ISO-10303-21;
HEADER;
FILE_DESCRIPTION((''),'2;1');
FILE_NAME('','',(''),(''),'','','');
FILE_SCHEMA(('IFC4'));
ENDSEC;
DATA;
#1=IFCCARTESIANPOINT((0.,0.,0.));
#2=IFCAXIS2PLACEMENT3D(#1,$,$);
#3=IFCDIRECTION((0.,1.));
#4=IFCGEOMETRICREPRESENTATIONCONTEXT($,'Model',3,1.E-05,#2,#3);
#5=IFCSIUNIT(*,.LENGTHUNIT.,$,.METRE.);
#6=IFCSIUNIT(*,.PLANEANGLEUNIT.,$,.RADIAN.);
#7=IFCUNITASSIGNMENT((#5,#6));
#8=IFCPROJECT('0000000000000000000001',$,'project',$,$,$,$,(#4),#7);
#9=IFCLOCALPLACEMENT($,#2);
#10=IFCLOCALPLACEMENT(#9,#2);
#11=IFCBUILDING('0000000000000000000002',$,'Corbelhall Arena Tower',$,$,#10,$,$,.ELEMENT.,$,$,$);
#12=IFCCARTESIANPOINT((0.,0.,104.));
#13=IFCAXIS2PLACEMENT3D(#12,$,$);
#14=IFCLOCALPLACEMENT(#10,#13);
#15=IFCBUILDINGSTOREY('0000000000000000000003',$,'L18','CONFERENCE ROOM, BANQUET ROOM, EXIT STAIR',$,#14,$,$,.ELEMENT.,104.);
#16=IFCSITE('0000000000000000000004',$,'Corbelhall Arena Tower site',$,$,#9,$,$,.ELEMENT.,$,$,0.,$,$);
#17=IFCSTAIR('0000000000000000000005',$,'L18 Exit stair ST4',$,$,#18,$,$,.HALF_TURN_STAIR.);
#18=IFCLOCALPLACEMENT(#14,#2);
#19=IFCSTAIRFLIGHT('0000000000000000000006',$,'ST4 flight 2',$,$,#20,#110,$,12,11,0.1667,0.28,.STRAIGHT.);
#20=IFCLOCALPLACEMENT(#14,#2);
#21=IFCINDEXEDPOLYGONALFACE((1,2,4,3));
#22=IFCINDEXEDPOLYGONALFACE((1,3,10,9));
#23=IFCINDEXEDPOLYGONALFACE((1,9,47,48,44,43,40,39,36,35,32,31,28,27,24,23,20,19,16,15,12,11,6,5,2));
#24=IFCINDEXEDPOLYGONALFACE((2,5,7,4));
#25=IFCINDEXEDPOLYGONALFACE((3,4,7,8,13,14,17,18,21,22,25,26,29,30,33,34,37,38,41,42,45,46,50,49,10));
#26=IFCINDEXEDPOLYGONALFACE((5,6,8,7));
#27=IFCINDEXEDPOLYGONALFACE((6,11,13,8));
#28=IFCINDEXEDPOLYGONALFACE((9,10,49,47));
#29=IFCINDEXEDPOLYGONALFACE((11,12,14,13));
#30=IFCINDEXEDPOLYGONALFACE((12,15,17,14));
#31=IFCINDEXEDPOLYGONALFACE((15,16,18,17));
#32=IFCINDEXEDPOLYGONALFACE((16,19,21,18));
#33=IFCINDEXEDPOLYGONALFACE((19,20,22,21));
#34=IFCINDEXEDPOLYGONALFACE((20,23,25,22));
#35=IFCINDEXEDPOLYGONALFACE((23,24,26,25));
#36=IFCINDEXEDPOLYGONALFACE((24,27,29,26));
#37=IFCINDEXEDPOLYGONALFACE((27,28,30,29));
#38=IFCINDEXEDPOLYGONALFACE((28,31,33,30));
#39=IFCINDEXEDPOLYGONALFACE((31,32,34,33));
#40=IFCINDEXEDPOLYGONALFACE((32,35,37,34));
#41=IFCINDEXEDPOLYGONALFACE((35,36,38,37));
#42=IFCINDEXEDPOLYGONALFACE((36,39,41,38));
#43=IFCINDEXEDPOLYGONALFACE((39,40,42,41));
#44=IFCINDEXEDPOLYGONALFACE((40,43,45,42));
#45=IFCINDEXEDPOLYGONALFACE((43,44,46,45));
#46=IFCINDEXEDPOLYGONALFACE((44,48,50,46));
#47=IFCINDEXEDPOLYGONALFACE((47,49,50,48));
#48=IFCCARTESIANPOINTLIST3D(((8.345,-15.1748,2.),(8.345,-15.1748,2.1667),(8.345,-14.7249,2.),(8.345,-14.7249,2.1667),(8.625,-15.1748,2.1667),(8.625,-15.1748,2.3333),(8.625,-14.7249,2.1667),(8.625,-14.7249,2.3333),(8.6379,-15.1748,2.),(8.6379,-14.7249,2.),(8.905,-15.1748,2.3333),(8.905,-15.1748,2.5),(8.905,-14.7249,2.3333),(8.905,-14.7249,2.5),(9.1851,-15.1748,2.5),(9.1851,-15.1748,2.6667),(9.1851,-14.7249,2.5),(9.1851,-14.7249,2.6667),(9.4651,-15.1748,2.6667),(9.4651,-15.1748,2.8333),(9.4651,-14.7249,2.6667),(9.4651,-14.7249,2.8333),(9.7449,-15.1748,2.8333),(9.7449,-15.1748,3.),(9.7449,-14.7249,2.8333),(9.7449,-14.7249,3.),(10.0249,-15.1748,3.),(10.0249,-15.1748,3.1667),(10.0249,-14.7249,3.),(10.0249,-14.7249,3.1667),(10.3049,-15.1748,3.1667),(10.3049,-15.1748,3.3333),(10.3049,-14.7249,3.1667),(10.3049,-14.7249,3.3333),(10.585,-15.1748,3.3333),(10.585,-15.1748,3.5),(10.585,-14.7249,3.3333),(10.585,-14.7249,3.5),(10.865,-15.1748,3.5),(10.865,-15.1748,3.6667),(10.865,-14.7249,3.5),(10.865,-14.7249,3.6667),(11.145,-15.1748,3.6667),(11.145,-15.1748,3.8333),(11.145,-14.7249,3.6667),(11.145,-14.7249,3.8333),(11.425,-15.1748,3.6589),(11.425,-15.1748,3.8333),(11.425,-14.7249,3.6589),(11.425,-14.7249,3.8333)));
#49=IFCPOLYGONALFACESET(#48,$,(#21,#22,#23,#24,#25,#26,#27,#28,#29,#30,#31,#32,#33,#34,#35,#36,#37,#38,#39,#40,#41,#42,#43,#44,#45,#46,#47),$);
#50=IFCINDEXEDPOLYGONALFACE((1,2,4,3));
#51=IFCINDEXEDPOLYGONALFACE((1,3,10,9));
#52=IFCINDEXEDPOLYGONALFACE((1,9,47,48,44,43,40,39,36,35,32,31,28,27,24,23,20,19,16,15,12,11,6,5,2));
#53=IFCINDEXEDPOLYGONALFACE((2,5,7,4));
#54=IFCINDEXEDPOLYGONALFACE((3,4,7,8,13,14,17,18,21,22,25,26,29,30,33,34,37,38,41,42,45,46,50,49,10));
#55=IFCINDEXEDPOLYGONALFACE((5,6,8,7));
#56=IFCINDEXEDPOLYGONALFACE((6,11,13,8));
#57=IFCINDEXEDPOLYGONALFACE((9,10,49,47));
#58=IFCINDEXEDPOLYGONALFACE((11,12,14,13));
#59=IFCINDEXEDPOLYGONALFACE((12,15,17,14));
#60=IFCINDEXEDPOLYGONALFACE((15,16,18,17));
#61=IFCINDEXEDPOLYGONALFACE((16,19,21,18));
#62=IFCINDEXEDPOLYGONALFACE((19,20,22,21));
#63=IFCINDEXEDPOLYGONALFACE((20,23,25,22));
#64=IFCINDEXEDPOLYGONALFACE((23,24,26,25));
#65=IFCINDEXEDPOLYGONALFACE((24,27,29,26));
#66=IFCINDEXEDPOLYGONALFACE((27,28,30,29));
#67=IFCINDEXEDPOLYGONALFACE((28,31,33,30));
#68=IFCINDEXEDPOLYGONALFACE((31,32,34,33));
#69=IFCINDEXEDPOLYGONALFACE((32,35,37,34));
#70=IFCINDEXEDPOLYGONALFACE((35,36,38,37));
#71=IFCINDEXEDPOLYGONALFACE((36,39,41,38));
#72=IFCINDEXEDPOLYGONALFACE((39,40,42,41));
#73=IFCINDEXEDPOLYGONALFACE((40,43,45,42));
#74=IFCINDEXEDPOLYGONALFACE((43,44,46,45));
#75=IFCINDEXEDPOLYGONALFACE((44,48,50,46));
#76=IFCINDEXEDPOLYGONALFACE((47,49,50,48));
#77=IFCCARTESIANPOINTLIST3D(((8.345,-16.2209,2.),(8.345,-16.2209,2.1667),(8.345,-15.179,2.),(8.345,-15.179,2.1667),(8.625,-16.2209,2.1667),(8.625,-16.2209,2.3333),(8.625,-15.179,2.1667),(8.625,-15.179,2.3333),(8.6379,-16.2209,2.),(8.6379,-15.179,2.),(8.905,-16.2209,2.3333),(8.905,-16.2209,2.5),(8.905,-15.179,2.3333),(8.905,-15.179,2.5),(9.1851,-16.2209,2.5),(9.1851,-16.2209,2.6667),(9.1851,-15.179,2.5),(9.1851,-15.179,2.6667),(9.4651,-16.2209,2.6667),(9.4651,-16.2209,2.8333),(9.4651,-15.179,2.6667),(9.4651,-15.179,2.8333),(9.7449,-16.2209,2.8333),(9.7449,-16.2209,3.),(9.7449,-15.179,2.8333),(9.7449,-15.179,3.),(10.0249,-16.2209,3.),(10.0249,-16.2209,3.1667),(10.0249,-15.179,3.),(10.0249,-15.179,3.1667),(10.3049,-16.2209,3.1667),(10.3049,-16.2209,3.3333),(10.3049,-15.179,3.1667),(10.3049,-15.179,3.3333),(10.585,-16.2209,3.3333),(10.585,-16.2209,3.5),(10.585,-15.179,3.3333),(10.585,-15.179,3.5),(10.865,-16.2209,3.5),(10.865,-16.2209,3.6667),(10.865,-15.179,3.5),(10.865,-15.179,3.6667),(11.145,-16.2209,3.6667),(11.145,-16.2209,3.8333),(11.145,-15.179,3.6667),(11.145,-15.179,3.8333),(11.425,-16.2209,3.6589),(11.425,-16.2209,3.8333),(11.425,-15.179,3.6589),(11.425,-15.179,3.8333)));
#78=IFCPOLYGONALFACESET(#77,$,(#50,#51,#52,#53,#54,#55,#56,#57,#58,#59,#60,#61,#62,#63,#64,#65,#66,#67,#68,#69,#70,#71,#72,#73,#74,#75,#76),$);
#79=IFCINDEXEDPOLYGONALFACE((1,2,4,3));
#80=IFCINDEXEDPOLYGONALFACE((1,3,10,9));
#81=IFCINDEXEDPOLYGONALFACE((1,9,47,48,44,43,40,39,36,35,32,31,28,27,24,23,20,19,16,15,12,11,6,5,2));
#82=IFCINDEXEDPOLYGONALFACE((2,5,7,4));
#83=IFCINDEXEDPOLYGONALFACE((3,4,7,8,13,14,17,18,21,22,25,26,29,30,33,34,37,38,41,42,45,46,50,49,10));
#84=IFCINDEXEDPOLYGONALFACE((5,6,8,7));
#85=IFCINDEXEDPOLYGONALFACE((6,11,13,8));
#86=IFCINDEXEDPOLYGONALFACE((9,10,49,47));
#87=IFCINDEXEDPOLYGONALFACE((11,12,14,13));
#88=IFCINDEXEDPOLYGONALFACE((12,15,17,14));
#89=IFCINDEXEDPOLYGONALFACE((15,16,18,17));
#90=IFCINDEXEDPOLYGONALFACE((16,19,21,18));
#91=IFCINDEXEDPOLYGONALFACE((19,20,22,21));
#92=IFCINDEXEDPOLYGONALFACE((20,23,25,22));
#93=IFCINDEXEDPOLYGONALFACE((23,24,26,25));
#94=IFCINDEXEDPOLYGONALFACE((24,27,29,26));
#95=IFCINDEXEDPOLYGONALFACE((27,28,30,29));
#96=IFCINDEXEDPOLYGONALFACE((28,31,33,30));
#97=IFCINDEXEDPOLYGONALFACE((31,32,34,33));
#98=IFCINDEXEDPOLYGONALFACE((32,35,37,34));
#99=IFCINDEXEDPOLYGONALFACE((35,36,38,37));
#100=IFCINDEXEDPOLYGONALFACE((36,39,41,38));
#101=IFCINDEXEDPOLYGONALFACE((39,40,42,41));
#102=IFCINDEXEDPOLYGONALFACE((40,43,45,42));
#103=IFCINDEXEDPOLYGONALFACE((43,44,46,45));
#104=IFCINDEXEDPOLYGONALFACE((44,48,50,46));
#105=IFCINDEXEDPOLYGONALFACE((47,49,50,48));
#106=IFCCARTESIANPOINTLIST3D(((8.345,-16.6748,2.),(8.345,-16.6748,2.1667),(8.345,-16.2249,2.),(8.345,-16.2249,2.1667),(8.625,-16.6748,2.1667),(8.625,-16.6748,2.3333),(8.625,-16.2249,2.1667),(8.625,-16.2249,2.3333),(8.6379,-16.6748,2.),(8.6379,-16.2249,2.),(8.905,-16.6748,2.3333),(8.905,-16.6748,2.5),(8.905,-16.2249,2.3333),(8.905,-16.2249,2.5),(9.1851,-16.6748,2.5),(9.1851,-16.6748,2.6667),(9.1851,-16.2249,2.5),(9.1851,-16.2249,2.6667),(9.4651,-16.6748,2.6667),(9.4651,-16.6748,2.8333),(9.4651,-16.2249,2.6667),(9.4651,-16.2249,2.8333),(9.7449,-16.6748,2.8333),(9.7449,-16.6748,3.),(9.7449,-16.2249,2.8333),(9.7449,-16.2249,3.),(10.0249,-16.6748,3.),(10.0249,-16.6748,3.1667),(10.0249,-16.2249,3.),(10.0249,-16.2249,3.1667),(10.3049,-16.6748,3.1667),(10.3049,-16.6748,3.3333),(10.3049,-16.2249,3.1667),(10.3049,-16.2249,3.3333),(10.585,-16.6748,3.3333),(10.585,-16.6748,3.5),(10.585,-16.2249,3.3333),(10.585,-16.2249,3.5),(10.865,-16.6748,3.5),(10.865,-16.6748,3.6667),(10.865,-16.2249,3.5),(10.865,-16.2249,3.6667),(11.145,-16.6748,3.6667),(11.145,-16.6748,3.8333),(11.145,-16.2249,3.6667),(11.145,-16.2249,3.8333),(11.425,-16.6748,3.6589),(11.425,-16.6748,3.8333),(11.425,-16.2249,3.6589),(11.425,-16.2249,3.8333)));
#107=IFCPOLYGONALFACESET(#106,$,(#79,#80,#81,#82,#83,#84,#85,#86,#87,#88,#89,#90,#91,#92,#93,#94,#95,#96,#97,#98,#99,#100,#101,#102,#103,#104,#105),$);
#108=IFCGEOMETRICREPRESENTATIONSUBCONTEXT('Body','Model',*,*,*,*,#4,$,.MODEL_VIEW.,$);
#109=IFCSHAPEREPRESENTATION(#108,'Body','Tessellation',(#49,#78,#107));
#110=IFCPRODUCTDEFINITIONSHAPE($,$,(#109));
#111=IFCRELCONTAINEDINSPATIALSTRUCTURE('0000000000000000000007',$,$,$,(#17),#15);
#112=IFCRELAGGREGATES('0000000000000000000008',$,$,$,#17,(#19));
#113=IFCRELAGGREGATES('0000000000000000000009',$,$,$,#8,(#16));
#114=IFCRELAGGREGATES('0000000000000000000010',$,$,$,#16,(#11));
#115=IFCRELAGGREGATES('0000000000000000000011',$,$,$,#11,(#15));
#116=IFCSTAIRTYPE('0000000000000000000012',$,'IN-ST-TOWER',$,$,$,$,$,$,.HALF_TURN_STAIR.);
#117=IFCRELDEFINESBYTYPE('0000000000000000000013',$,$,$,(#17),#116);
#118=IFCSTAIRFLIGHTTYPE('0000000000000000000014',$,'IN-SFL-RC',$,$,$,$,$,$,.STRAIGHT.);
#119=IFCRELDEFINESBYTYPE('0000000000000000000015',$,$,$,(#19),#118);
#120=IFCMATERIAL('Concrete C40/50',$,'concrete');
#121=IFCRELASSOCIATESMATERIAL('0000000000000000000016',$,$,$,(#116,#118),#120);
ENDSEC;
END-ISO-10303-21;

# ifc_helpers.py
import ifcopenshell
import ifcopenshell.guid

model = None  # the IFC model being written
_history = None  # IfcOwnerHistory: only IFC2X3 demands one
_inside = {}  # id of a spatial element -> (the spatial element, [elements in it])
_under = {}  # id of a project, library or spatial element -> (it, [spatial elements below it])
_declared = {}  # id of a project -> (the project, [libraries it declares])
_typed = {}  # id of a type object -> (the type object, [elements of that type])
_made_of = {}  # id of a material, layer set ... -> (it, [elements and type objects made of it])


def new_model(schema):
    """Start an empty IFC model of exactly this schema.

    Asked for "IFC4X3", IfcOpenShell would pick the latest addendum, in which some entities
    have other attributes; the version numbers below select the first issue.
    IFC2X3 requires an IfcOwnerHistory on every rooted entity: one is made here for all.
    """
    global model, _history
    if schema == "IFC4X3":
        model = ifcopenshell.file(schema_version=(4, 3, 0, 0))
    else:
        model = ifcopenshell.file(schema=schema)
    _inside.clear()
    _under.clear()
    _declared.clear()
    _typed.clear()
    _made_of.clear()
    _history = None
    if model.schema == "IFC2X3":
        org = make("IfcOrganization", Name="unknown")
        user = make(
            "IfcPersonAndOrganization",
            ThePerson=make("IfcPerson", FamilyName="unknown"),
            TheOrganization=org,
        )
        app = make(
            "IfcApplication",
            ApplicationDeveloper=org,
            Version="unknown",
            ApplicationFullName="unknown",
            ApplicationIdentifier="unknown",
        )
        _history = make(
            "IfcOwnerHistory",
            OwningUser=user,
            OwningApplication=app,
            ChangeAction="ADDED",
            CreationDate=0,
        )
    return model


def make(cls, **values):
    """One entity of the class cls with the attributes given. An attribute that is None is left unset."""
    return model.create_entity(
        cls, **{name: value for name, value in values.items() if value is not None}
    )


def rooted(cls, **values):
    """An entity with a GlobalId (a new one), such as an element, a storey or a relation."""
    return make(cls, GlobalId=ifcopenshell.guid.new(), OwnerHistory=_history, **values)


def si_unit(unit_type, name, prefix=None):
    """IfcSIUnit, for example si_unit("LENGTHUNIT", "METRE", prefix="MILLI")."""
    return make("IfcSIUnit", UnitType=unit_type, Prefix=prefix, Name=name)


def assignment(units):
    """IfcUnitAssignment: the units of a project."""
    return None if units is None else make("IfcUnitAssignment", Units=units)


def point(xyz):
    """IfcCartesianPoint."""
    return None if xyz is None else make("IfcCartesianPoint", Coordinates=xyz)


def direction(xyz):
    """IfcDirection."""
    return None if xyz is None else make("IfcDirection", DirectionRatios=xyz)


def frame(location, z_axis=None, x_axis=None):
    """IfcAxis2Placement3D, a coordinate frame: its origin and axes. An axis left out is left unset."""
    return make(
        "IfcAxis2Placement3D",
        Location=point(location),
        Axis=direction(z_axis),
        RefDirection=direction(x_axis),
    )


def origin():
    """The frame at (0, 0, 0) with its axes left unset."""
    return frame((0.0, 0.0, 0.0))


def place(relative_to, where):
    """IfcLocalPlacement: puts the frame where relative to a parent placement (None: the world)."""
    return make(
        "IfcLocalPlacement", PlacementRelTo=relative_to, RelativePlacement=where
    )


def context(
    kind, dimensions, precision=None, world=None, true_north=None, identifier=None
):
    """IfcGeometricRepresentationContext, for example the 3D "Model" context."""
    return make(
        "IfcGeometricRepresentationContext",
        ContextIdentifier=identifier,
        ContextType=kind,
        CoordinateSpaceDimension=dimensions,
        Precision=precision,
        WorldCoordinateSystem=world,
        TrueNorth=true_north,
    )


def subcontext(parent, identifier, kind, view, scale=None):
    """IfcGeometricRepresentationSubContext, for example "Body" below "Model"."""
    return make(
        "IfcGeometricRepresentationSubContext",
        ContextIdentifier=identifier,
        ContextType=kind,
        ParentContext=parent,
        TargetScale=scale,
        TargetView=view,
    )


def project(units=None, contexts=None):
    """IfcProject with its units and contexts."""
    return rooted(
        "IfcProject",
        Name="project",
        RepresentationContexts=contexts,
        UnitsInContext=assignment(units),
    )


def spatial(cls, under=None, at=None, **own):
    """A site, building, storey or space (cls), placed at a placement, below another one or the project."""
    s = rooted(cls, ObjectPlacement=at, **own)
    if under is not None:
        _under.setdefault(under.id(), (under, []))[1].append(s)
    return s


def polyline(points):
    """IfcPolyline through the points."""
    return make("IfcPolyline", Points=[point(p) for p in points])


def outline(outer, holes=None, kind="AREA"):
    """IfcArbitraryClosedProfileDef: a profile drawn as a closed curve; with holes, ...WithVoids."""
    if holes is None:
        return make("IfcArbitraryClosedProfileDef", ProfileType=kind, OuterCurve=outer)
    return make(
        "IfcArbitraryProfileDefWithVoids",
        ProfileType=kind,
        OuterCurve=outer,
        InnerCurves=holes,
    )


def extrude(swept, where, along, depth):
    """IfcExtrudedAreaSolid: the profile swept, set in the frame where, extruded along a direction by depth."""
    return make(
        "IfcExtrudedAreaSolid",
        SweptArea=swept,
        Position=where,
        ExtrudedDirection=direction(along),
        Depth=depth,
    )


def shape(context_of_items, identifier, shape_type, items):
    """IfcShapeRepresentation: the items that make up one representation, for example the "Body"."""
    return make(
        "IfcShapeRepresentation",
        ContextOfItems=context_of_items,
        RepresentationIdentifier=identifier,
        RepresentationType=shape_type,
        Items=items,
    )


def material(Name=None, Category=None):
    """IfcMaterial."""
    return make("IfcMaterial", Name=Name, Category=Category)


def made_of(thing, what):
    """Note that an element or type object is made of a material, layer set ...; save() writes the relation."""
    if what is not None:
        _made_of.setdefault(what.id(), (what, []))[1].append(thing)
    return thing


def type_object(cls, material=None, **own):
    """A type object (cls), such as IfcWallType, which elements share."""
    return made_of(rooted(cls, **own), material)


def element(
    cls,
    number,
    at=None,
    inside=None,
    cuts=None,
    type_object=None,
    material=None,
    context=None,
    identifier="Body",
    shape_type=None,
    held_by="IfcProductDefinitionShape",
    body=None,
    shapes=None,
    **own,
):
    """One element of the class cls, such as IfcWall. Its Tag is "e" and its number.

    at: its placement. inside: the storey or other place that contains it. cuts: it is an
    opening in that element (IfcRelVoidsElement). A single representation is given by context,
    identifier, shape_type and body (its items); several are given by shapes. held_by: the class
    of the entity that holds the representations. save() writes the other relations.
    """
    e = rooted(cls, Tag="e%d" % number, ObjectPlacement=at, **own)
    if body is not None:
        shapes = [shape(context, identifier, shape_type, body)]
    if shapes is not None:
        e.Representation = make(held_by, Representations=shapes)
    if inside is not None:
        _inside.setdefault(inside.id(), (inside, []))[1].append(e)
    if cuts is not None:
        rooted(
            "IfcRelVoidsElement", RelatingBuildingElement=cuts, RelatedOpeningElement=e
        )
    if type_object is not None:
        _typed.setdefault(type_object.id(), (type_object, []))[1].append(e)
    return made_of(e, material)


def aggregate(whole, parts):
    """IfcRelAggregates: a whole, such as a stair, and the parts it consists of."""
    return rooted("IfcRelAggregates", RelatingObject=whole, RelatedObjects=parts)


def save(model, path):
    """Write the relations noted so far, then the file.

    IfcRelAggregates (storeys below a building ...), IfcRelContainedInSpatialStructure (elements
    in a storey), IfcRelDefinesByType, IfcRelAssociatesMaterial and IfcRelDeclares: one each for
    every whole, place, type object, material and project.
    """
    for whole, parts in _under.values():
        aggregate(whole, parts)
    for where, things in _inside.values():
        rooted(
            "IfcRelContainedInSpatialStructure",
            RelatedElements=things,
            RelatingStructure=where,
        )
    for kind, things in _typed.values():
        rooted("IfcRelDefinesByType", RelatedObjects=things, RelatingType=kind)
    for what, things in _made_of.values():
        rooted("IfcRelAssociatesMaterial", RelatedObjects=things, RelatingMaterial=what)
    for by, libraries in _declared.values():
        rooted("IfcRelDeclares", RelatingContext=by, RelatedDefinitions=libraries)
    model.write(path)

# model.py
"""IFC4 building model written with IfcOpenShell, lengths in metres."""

from ifc_helpers import new_model, si_unit, direction, frame, origin, place, context, subcontext, project, spatial, polyline, outline, extrude, material, type_object, element, aggregate, save


model = new_model("IFC4")

# Units and contexts
model_context = context("Model", 3, precision=1e-05, world=origin(), true_north=direction((0.0, 1.0)))
body_context = subcontext(model_context, "Body", "Model", "MODEL_VIEW")
ifc_project = project(units=[si_unit("LENGTHUNIT", "METRE"), si_unit("PLANEANGLEUNIT", "RADIAN")], contexts=[model_context])

# Site, building, storey
site_placement = place(None, origin())
site = spatial("IfcSite", under=ifc_project, at=site_placement, Name="Corbelhall Arena Tower site", CompositionType="ELEMENT", RefElevation=0.0)
building_placement = place(site_placement, origin())
building = spatial("IfcBuilding", under=site, at=building_placement, Name="Corbelhall Arena Tower", CompositionType="ELEMENT")
storey_placement = place(building_placement, frame((0.0, 0.0, 104.0)))
storey = spatial("IfcBuildingStorey", under=building, at=storey_placement, Name="L18", Description="CONFERENCE ROOM, BANQUET ROOM, EXIT STAIR", CompositionType="ELEMENT", Elevation=104.0)

# Shared definitions
ifc_material_1 = material(Name="Concrete C40/50", Category="concrete")

# Stair, stair flight
stair_type = type_object("IfcStairType", Name="IN-ST-TOWER", PredefinedType="HALF_TURN_STAIR", material=ifc_material_1)
stair_placement = place(storey_placement, origin())
stair = element("IfcStair", 1, at=stair_placement, inside=storey, type_object=stair_type, Name="L18 Exit stair ST4", PredefinedType="HALF_TURN_STAIR")
stair_flight_type = type_object("IfcStairFlightType", Name="IN-SFL-RC", PredefinedType="STRAIGHT", material=ifc_material_1)
stair_flight_placement = place(storey_placement, frame((8.345, -15.7, 2.0), z_axis=(0.0, 0.0, 1.0), x_axis=(1.0, 0.0, 0.0)))
stair_flight = element("IfcStairFlight", 2, at=stair_flight_placement, type_object=stair_flight_type, Name="ST4 flight 2", NumberOfRisers=12, NumberOfTreads=11, PredefinedType="STRAIGHT", RiserHeight=0.1667, TreadLength=0.28, context=body_context, shape_type="SweptSolid", body=[
    extrude(outline(polyline([(0.0, 0.0), (0.0, 0.1667), (0.28, 0.1667), (0.28, 0.3333), (0.5601, 0.3333), (0.5601, 0.5), (0.8401, 0.5), (0.8401, 0.6667), (1.1201, 0.6667), (1.1201, 0.8333), (1.3999, 0.8333), (1.3999, 1.0), (1.6799, 1.0), (1.6799, 1.1667), (1.96, 1.1667), (1.96, 1.3333), (2.24, 1.3333), (2.24, 1.5), (2.52, 1.5), (2.52, 1.6667), (2.8, 1.6667), (2.8, 1.8333), (3.0801, 1.8333), (3.0801, 2.0), (3.0801, 1.6589), (0.293, 0.0), (0.0, 0.0)])), frame((0.0, 0.9751, 0.0), z_axis=(0.0, -1.0, 0.0), x_axis=(1.0, 0.0, 0.0)), (0.0, 0.0, 1.0), 0.45),
    extrude(outline(polyline([(0.0, 0.0), (0.0, 0.1667), (0.28, 0.1667), (0.28, 0.3333), (0.5601, 0.3333), (0.5601, 0.5), (0.8401, 0.5), (0.8401, 0.6667), (1.1201, 0.6667), (1.1201, 0.8333), (1.3999, 0.8333), (1.3999, 1.0), (1.6799, 1.0), (1.6799, 1.1667), (1.96, 1.1667), (1.96, 1.3333), (2.24, 1.3333), (2.24, 1.5), (2.52, 1.5), (2.52, 1.6667), (2.8, 1.6667), (2.8, 1.8333), (3.0801, 1.8333), (3.0801, 2.0), (3.0801, 1.6589), (0.293, 0.0), (0.0, 0.0)])), frame((0.0, 0.521, 0.0), z_axis=(0.0, -1.0, 0.0), x_axis=(1.0, 0.0, 0.0)), (0.0, 0.0, 1.0), 1.042),
    extrude(outline(polyline([(0.0, 0.0), (0.0, 0.1667), (0.28, 0.1667), (0.28, 0.3333), (0.5601, 0.3333), (0.5601, 0.5), (0.8401, 0.5), (0.8401, 0.6667), (1.1201, 0.6667), (1.1201, 0.8333), (1.3999, 0.8333), (1.3999, 1.0), (1.6799, 1.0), (1.6799, 1.1667), (1.96, 1.1667), (1.96, 1.3333), (2.24, 1.3333), (2.24, 1.5), (2.52, 1.5), (2.52, 1.6667), (2.8, 1.6667), (2.8, 1.8333), (3.0801, 1.8333), (3.0801, 2.0), (3.0801, 1.6589), (0.293, 0.0), (0.0, 0.0)])), frame((0.0, -0.5249, 0.0), z_axis=(0.0, -1.0, 0.0), x_axis=(1.0, 0.0, 0.0)), (0.0, 0.0, 1.0), 0.45),
])
aggregate(stair, [stair_flight])

save(model, "model.ifc")
